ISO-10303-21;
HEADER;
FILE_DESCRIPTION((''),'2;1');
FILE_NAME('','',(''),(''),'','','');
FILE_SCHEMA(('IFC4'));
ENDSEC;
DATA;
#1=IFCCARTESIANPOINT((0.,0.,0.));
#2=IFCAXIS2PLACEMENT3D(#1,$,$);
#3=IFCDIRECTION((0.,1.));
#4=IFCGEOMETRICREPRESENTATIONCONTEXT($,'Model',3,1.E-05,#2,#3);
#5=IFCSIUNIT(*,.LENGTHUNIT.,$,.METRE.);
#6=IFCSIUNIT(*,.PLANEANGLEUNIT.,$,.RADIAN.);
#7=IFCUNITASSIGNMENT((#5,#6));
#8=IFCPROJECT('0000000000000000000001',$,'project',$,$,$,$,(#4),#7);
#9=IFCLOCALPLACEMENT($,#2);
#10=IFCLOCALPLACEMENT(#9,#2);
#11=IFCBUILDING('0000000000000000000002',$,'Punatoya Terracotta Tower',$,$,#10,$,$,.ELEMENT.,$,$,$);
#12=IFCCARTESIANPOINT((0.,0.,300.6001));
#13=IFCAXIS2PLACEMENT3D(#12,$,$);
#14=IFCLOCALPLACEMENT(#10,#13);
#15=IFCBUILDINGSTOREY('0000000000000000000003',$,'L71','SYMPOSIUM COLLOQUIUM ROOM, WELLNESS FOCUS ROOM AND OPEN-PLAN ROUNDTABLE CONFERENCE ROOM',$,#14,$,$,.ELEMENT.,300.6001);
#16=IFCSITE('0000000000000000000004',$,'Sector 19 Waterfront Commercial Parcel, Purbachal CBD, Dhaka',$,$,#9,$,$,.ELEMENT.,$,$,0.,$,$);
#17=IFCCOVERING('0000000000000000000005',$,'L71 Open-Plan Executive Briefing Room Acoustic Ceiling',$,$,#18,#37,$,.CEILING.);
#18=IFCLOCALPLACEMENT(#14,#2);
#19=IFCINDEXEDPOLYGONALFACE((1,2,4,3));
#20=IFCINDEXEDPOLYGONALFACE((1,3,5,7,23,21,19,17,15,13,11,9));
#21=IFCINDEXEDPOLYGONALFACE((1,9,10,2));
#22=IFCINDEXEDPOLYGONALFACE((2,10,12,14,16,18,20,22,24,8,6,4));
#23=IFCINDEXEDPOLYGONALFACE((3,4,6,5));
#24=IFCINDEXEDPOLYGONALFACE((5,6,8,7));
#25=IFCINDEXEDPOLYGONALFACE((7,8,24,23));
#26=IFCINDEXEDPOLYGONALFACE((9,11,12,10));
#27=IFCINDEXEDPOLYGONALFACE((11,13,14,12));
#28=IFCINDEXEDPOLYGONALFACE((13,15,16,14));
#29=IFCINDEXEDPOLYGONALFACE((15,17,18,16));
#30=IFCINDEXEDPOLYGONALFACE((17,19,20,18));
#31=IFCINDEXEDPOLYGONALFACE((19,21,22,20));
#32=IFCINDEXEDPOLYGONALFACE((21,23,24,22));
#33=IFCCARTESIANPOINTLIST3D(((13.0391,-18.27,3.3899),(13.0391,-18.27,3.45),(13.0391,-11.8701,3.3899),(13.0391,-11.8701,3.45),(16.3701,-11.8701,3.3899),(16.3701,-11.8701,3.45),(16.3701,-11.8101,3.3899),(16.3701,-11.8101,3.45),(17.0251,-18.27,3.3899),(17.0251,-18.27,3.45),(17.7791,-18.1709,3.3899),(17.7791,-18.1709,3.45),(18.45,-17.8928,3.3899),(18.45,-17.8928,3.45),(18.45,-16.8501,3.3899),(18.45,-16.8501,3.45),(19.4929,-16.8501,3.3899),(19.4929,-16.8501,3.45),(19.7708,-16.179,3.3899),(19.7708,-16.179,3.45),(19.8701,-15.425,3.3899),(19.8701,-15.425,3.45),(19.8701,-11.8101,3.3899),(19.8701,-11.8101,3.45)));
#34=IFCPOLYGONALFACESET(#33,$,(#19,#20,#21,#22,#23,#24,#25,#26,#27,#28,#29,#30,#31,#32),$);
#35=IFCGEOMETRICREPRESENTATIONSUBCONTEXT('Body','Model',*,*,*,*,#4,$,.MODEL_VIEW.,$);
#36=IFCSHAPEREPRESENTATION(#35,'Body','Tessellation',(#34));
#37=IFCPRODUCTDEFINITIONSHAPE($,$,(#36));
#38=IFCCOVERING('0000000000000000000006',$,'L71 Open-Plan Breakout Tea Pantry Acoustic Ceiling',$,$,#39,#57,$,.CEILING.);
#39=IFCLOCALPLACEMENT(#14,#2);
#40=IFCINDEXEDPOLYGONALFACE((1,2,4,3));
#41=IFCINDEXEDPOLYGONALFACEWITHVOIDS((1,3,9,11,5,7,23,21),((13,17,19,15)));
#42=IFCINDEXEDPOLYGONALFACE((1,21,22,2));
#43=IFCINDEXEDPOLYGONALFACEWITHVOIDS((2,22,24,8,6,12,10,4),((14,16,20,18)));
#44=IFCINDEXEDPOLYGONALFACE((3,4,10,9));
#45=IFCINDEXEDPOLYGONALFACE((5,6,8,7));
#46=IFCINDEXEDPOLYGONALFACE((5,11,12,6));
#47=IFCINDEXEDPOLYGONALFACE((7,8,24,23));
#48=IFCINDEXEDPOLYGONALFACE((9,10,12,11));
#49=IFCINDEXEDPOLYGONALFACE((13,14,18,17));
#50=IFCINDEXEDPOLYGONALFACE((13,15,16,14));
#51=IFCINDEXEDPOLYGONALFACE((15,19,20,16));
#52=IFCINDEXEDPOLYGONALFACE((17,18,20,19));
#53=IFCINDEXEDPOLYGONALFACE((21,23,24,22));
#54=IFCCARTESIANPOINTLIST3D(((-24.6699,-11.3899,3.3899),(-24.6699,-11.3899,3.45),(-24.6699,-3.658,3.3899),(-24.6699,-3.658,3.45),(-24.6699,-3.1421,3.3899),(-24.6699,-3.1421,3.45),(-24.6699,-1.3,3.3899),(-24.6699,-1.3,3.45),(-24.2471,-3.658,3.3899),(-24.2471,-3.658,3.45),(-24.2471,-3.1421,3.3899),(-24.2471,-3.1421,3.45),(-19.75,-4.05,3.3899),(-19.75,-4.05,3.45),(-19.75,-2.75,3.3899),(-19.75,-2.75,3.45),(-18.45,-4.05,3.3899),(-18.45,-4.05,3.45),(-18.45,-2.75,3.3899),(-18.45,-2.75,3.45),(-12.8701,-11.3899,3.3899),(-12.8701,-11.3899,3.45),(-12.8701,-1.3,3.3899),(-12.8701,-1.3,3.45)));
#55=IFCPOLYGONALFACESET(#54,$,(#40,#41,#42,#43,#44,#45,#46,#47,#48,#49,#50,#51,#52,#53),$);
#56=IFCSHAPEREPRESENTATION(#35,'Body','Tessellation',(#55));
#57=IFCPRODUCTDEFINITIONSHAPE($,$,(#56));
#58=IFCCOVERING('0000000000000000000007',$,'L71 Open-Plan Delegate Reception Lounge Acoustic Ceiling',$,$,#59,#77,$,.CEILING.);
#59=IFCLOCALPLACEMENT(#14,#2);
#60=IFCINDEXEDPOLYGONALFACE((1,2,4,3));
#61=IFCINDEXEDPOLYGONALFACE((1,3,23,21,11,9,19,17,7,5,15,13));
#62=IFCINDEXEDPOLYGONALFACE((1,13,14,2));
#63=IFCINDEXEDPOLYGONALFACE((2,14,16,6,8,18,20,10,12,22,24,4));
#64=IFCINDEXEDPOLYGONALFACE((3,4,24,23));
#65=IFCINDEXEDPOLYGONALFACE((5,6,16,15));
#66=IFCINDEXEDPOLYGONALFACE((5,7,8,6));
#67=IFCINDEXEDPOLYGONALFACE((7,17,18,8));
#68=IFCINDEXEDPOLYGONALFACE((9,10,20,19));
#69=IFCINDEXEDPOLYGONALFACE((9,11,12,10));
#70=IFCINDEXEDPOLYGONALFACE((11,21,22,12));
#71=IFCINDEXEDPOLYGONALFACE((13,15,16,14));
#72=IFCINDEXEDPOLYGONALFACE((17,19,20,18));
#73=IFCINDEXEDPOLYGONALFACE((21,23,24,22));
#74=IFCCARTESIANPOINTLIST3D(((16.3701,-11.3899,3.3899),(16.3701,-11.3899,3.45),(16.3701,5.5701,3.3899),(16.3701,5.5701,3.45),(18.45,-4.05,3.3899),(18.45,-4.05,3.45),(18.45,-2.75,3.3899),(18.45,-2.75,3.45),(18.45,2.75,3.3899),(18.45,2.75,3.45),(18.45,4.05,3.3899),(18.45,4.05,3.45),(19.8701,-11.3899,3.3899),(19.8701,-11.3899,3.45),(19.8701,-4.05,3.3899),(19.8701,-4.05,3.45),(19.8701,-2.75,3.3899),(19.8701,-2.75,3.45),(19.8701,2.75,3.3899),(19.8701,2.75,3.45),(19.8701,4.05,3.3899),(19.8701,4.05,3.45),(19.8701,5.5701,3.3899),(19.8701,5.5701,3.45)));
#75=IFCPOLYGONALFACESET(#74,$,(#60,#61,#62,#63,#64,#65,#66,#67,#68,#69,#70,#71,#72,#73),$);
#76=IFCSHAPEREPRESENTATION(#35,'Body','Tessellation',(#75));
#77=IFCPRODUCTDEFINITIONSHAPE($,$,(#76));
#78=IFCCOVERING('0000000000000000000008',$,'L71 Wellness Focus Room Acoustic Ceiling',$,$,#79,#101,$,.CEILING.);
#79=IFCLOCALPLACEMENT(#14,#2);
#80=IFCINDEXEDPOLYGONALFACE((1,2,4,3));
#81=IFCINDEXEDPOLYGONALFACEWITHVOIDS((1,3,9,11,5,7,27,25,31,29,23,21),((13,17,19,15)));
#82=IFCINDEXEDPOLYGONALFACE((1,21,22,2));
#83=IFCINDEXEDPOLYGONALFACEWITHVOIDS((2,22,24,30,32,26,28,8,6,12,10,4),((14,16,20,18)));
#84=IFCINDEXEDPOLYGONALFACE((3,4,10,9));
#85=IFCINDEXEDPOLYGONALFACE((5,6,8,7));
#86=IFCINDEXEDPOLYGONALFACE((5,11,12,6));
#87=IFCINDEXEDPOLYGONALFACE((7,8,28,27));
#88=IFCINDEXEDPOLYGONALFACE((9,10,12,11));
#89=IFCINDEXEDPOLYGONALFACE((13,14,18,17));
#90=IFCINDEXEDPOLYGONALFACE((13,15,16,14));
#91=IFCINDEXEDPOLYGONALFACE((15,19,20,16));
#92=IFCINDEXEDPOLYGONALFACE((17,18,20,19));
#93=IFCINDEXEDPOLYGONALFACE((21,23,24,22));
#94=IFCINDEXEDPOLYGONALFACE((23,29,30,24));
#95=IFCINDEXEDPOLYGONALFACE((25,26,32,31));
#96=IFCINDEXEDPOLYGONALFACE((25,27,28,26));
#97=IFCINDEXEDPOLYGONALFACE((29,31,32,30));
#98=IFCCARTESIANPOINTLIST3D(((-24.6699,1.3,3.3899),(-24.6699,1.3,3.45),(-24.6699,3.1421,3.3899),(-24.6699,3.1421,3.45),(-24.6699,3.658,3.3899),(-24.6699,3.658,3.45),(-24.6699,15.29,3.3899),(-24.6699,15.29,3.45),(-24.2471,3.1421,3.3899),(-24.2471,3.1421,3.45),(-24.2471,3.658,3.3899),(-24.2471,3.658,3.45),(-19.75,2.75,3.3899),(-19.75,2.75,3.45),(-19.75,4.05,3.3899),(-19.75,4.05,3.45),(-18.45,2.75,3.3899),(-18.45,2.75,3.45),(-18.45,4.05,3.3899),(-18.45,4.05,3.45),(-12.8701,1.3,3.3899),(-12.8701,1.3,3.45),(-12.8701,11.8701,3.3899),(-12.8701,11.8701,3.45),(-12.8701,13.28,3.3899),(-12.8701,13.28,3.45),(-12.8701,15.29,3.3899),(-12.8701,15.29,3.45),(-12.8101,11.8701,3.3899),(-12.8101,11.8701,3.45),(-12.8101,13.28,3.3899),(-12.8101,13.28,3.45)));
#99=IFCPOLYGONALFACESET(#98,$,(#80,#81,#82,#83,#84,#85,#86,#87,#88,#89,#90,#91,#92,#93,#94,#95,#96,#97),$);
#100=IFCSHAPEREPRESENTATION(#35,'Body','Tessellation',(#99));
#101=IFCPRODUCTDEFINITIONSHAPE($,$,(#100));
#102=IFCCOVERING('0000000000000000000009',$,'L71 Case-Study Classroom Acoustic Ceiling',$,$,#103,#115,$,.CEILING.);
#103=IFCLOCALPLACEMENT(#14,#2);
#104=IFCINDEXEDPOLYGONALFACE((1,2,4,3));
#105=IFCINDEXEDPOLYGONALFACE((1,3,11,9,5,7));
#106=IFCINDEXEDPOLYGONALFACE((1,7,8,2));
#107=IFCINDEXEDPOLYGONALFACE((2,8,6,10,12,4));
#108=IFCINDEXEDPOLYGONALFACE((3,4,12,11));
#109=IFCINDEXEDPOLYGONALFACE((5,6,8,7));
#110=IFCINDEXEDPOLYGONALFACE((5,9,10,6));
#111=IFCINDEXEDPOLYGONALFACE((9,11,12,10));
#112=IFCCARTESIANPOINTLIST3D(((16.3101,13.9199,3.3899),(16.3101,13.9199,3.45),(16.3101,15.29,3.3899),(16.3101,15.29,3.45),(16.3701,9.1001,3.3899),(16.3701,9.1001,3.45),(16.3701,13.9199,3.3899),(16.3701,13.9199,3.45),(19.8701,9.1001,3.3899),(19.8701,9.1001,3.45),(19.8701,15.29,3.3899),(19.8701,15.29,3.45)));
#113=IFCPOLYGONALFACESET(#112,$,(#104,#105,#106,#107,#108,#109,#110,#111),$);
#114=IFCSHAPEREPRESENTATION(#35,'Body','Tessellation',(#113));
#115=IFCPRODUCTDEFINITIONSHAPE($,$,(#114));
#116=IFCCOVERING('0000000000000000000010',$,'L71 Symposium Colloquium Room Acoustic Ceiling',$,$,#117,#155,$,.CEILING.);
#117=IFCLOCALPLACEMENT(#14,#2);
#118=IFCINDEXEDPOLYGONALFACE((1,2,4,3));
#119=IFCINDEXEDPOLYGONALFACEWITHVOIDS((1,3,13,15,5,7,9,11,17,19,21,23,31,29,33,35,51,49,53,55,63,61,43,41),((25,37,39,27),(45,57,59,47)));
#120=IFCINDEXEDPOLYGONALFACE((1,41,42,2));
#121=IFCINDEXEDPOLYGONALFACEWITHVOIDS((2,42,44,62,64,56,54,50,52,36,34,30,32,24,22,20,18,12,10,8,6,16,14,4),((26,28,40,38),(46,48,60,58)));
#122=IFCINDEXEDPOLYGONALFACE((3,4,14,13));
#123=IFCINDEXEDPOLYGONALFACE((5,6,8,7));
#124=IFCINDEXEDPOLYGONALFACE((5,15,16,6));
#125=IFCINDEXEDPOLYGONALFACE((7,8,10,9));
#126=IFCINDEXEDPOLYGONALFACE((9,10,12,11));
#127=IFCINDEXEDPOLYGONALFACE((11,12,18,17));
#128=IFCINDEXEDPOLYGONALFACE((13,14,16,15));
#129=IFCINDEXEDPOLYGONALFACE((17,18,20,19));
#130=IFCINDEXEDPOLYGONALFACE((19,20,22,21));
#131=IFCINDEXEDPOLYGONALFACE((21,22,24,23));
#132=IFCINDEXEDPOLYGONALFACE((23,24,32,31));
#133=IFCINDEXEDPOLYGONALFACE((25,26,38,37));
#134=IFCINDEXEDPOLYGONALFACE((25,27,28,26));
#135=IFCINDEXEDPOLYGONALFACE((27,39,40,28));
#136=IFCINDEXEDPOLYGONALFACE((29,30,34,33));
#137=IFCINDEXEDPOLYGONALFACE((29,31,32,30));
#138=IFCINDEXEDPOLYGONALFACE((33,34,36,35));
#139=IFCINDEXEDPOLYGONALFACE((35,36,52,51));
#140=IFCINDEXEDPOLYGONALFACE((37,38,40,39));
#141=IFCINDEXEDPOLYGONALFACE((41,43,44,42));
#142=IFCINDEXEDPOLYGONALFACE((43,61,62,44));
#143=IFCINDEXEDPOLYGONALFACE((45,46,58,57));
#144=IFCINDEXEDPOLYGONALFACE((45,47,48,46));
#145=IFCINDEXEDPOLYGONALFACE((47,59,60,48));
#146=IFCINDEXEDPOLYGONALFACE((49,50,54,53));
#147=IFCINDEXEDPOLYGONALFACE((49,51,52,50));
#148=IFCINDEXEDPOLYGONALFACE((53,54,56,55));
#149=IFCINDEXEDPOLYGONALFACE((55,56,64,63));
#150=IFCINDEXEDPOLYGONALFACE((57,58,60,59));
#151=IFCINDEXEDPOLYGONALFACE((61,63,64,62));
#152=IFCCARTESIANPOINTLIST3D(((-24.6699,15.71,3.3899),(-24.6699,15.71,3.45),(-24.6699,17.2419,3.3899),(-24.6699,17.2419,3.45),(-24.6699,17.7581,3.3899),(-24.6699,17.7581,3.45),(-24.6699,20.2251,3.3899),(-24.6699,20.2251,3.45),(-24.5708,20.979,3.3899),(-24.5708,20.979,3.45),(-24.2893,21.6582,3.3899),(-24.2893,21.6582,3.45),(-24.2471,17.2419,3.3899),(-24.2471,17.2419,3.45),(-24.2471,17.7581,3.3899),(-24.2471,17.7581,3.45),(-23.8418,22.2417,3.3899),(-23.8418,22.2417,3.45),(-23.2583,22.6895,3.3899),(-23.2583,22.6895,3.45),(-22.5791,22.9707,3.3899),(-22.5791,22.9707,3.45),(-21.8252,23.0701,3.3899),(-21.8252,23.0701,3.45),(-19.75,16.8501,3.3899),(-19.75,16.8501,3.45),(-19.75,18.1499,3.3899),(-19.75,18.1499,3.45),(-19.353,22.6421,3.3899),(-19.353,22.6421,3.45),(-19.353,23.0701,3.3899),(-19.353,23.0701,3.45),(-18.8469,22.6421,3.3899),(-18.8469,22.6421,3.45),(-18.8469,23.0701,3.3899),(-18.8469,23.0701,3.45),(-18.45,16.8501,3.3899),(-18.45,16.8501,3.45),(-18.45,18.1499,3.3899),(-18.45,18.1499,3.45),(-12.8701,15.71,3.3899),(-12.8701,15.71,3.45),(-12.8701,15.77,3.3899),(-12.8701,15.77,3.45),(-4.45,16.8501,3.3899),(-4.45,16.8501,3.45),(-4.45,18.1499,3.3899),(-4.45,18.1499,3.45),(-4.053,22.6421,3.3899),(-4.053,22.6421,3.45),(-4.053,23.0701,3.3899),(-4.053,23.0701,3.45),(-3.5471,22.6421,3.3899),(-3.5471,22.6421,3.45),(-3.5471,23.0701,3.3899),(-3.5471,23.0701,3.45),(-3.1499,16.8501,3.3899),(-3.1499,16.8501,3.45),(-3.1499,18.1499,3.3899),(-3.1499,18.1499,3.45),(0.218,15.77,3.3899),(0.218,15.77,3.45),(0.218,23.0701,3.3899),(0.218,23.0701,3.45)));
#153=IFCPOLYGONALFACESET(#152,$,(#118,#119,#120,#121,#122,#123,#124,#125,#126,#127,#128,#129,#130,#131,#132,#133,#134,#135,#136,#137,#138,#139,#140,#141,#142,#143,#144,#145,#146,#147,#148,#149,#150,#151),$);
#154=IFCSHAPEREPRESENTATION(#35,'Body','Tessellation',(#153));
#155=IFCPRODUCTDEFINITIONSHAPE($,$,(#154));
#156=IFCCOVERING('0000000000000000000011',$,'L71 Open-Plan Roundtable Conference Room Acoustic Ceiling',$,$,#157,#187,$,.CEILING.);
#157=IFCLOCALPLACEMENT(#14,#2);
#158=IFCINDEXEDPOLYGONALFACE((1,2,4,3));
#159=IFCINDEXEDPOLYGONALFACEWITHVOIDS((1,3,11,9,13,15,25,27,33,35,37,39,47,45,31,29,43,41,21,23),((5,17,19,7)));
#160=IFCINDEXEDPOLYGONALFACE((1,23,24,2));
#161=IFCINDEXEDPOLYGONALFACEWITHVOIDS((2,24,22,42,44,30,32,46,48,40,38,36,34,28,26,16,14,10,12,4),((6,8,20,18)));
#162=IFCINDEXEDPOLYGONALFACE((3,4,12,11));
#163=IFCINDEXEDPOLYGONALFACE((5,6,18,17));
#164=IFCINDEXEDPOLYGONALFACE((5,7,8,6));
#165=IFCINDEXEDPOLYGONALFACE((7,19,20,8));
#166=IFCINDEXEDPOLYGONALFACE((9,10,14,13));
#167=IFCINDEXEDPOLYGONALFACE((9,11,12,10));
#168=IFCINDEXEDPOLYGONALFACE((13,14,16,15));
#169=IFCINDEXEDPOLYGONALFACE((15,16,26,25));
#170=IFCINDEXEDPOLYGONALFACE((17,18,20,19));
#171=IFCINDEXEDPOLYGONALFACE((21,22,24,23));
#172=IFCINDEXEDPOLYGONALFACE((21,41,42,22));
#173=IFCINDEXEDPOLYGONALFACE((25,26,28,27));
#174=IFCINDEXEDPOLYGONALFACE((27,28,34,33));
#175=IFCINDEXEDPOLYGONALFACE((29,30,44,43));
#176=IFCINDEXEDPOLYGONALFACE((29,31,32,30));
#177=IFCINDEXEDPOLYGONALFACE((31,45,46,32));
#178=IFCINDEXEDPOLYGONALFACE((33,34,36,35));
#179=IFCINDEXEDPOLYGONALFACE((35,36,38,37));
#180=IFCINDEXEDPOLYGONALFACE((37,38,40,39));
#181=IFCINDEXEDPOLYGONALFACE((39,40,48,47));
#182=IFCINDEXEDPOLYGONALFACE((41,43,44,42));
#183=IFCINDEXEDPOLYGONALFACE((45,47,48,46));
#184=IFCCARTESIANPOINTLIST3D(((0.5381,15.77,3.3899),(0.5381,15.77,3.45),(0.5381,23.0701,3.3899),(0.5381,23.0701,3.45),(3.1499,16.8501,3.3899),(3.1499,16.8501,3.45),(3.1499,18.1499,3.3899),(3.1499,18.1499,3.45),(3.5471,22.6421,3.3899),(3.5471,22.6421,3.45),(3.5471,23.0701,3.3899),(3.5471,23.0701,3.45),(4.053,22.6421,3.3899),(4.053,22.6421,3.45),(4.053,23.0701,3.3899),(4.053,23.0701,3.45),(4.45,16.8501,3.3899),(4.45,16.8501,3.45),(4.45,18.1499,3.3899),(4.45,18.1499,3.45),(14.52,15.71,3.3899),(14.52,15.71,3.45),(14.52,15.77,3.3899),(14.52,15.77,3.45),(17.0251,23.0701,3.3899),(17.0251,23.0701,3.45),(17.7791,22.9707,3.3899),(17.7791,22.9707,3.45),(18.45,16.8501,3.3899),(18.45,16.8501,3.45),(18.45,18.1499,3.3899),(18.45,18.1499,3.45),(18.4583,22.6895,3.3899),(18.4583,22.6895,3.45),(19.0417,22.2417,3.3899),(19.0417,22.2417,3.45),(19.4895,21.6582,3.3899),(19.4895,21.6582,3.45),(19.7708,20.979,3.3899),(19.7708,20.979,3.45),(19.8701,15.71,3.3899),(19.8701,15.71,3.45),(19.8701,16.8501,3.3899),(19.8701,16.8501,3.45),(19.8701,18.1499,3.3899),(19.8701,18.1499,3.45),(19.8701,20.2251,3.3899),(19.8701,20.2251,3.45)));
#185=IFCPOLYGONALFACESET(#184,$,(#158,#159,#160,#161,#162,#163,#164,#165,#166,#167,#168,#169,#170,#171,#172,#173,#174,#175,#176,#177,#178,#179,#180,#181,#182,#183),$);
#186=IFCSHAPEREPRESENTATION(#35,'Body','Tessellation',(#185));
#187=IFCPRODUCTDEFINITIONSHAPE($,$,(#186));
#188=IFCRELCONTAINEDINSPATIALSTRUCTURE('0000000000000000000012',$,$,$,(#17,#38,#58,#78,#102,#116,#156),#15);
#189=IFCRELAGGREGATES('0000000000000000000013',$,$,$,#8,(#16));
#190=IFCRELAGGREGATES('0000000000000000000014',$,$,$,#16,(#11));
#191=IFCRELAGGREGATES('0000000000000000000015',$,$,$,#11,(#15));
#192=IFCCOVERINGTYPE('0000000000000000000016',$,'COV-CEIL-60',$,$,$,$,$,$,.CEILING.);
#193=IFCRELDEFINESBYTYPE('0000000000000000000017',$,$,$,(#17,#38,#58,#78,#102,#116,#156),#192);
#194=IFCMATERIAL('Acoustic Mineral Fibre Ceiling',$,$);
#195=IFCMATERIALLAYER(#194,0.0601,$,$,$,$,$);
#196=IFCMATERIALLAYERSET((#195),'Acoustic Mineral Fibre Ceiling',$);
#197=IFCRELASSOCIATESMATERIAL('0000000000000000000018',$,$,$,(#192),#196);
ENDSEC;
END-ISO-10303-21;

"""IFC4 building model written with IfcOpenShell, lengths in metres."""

from ifc_helpers import new_model, si_unit, direction, frame, origin, place, context, subcontext, project, spatial, polyline, outline, extrude, material, layer, layer_set, type_object, element, save


model = new_model("IFC4")

# Units and contexts
model_context = context("Model", 3, precision=1e-05, world=origin(), true_north=direction((0.0, 1.0)))
body_context = subcontext(model_context, "Body", "Model", "MODEL_VIEW")
ifc_project = project(units=[si_unit("LENGTHUNIT", "METRE"), si_unit("PLANEANGLEUNIT", "RADIAN")], contexts=[model_context])

# Site, building, storey
site_placement = place(None, origin())
site = spatial("IfcSite", under=ifc_project, at=site_placement, Name="Sector 19 Waterfront Commercial Parcel, Purbachal CBD, Dhaka", CompositionType="ELEMENT", RefElevation=0.0)
building_placement = place(site_placement, origin())
building = spatial("IfcBuilding", under=site, at=building_placement, Name="Punatoya Terracotta Tower", CompositionType="ELEMENT")
storey_placement = place(building_placement, frame((0.0, 0.0, 300.6001)))
storey = spatial("IfcBuildingStorey", under=building, at=storey_placement, Name="L71", Description="SYMPOSIUM COLLOQUIUM ROOM, WELLNESS FOCUS ROOM AND OPEN-PLAN ROUNDTABLE CONFERENCE ROOM", CompositionType="ELEMENT", Elevation=300.6001)

# Coverings
ifc_material_1 = material(Name="Acoustic Mineral Fibre Ceiling")
ifc_layer_1 = layer(ifc_material_1, 0.0601)
ifc_layer_set_1 = layer_set([ifc_layer_1], Name="Acoustic Mineral Fibre Ceiling")
covering_type = type_object("IfcCoveringType", Name="COV-CEIL-60", PredefinedType="CEILING", material=ifc_layer_set_1)
covering_1_placement = place(storey_placement, frame((0.0, 0.0, 3.3899)))
element("IfcCovering", 1, at=covering_1_placement, inside=storey, type_object=covering_type, Name="L71 Open-Plan Executive Briefing Room Acoustic Ceiling", PredefinedType="CEILING", context=body_context, shape_type="SweptSolid", body=[
    extrude(outline(polyline([(16.3701, -11.8701), (13.0391, -11.8701), (13.0391, -18.27), (17.0251, -18.27), (17.7791, -18.1709), (18.45, -17.8928), (18.45, -16.8501), (19.4929, -16.8501), (19.7708, -16.179), (19.8701, -15.425), (19.8701, -11.8101), (16.3701, -11.8101), (16.3701, -11.8701)])), origin(), (0.0, 0.0, 1.0), 0.0601),
])
covering_2_placement = place(storey_placement, frame((0.0, 0.0, 3.3899)))
element("IfcCovering", 2, at=covering_2_placement, inside=storey, type_object=covering_type, Name="L71 Open-Plan Breakout Tea Pantry Acoustic Ceiling", PredefinedType="CEILING", context=body_context, shape_type="SweptSolid", body=[
    extrude(outline(polyline([(-24.6699, -3.658), (-24.6699, -11.3899), (-12.8701, -11.3899), (-12.8701, -1.3), (-24.6699, -1.3), (-24.6699, -3.1421), (-24.2471, -3.1421), (-24.2471, -3.658), (-24.6699, -3.658)]), holes=[polyline([(-18.45, -4.05), (-19.75, -4.05), (-19.75, -2.75), (-18.45, -2.75), (-18.45, -4.05)])]), origin(), (0.0, 0.0, 1.0), 0.0601),
])
covering_3_placement = place(storey_placement, frame((0.0, 0.0, 3.3899)))
element("IfcCovering", 3, at=covering_3_placement, inside=storey, type_object=covering_type, Name="L71 Open-Plan Delegate Reception Lounge Acoustic Ceiling", PredefinedType="CEILING", context=body_context, shape_type="SweptSolid", body=[
    extrude(outline(polyline([(16.3701, 5.5701), (16.3701, -11.3899), (19.8701, -11.3899), (19.8701, -4.05), (18.45, -4.05), (18.45, -2.75), (19.8701, -2.75), (19.8701, 2.75), (18.45, 2.75), (18.45, 4.05), (19.8701, 4.05), (19.8701, 5.5701), (16.3701, 5.5701)])), origin(), (0.0, 0.0, 1.0), 0.0601),
])
covering_4_placement = place(storey_placement, frame((0.0, 0.0, 3.3899)))
element("IfcCovering", 4, at=covering_4_placement, inside=storey, type_object=covering_type, Name="L71 Wellness Focus Room Acoustic Ceiling", PredefinedType="CEILING", context=body_context, shape_type="SweptSolid", body=[
    extrude(outline(polyline([(-12.8701, 11.8701), (-12.8101, 11.8701), (-12.8101, 13.28), (-12.8701, 13.28), (-12.8701, 15.29), (-24.6699, 15.29), (-24.6699, 3.658), (-24.2471, 3.658), (-24.2471, 3.1421), (-24.6699, 3.1421), (-24.6699, 1.3), (-12.8701, 1.3), (-12.8701, 11.8701)]), holes=[polyline([(-18.45, 4.05), (-18.45, 2.75), (-19.75, 2.75), (-19.75, 4.05), (-18.45, 4.05)])]), origin(), (0.0, 0.0, 1.0), 0.0601),
])
covering_5_placement = place(storey_placement, frame((0.0, 0.0, 3.3899)))
element("IfcCovering", 5, at=covering_5_placement, inside=storey, type_object=covering_type, Name="L71 Case-Study Classroom Acoustic Ceiling", PredefinedType="CEILING", context=body_context, shape_type="SweptSolid", body=[
    extrude(outline(polyline([(16.3101, 13.9199), (16.3701, 13.9199), (16.3701, 9.1001), (19.8701, 9.1001), (19.8701, 15.29), (16.3101, 15.29), (16.3101, 13.9199)])), origin(), (0.0, 0.0, 1.0), 0.0601),
])
covering_6_placement = place(storey_placement, frame((0.0, 0.0, 3.3899)))
element("IfcCovering", 6, at=covering_6_placement, inside=storey, type_object=covering_type, Name="L71 Symposium Colloquium Room Acoustic Ceiling", PredefinedType="CEILING", context=body_context, shape_type="SweptSolid", body=[
    extrude(outline(polyline([(-18.8469, 23.0701), (-18.8469, 22.6421), (-19.353, 22.6421), (-19.353, 23.0701), (-21.8252, 23.0701), (-22.5791, 22.9707), (-23.2583, 22.6895), (-23.8418, 22.2417), (-24.2893, 21.6582), (-24.5708, 20.979), (-24.6699, 20.2251), (-24.6699, 17.7581), (-24.2471, 17.7581), (-24.2471, 17.2419), (-24.6699, 17.2419), (-24.6699, 15.71), (-12.8701, 15.71), (-12.8701, 15.77), (0.218, 15.77), (0.218, 23.0701), (-3.5471, 23.0701), (-3.5471, 22.6421), (-4.053, 22.6421), (-4.053, 23.0701), (-18.8469, 23.0701)]), holes=[polyline([(-4.45, 16.8501), (-4.45, 18.1499), (-3.1499, 18.1499), (-3.1499, 16.8501), (-4.45, 16.8501)]), polyline([(-19.75, 18.1499), (-18.45, 18.1499), (-18.45, 16.8501), (-19.75, 16.8501), (-19.75, 18.1499)])]), origin(), (0.0, 0.0, 1.0), 0.0601),
])
covering_7_placement = place(storey_placement, frame((0.0, 0.0, 3.3899)))
element("IfcCovering", 7, at=covering_7_placement, inside=storey, type_object=covering_type, Name="L71 Open-Plan Roundtable Conference Room Acoustic Ceiling", PredefinedType="CEILING", context=body_context, shape_type="SweptSolid", body=[
    extrude(outline(polyline([(14.52, 15.71), (19.8701, 15.71), (19.8701, 16.8501), (18.45, 16.8501), (18.45, 18.1499), (19.8701, 18.1499), (19.8701, 20.2251), (19.7708, 20.979), (19.4895, 21.6582), (19.0417, 22.2417), (18.4583, 22.6895), (17.7791, 22.9707), (17.0251, 23.0701), (4.053, 23.0701), (4.053, 22.6421), (3.5471, 22.6421), (3.5471, 23.0701), (0.5381, 23.0701), (0.5381, 15.77), (14.52, 15.77), (14.52, 15.71)]), holes=[polyline([(4.45, 16.8501), (3.1499, 16.8501), (3.1499, 18.1499), (4.45, 18.1499), (4.45, 16.8501)])]), origin(), (0.0, 0.0, 1.0), 0.0601),
])

save(model, "model.ifc")
